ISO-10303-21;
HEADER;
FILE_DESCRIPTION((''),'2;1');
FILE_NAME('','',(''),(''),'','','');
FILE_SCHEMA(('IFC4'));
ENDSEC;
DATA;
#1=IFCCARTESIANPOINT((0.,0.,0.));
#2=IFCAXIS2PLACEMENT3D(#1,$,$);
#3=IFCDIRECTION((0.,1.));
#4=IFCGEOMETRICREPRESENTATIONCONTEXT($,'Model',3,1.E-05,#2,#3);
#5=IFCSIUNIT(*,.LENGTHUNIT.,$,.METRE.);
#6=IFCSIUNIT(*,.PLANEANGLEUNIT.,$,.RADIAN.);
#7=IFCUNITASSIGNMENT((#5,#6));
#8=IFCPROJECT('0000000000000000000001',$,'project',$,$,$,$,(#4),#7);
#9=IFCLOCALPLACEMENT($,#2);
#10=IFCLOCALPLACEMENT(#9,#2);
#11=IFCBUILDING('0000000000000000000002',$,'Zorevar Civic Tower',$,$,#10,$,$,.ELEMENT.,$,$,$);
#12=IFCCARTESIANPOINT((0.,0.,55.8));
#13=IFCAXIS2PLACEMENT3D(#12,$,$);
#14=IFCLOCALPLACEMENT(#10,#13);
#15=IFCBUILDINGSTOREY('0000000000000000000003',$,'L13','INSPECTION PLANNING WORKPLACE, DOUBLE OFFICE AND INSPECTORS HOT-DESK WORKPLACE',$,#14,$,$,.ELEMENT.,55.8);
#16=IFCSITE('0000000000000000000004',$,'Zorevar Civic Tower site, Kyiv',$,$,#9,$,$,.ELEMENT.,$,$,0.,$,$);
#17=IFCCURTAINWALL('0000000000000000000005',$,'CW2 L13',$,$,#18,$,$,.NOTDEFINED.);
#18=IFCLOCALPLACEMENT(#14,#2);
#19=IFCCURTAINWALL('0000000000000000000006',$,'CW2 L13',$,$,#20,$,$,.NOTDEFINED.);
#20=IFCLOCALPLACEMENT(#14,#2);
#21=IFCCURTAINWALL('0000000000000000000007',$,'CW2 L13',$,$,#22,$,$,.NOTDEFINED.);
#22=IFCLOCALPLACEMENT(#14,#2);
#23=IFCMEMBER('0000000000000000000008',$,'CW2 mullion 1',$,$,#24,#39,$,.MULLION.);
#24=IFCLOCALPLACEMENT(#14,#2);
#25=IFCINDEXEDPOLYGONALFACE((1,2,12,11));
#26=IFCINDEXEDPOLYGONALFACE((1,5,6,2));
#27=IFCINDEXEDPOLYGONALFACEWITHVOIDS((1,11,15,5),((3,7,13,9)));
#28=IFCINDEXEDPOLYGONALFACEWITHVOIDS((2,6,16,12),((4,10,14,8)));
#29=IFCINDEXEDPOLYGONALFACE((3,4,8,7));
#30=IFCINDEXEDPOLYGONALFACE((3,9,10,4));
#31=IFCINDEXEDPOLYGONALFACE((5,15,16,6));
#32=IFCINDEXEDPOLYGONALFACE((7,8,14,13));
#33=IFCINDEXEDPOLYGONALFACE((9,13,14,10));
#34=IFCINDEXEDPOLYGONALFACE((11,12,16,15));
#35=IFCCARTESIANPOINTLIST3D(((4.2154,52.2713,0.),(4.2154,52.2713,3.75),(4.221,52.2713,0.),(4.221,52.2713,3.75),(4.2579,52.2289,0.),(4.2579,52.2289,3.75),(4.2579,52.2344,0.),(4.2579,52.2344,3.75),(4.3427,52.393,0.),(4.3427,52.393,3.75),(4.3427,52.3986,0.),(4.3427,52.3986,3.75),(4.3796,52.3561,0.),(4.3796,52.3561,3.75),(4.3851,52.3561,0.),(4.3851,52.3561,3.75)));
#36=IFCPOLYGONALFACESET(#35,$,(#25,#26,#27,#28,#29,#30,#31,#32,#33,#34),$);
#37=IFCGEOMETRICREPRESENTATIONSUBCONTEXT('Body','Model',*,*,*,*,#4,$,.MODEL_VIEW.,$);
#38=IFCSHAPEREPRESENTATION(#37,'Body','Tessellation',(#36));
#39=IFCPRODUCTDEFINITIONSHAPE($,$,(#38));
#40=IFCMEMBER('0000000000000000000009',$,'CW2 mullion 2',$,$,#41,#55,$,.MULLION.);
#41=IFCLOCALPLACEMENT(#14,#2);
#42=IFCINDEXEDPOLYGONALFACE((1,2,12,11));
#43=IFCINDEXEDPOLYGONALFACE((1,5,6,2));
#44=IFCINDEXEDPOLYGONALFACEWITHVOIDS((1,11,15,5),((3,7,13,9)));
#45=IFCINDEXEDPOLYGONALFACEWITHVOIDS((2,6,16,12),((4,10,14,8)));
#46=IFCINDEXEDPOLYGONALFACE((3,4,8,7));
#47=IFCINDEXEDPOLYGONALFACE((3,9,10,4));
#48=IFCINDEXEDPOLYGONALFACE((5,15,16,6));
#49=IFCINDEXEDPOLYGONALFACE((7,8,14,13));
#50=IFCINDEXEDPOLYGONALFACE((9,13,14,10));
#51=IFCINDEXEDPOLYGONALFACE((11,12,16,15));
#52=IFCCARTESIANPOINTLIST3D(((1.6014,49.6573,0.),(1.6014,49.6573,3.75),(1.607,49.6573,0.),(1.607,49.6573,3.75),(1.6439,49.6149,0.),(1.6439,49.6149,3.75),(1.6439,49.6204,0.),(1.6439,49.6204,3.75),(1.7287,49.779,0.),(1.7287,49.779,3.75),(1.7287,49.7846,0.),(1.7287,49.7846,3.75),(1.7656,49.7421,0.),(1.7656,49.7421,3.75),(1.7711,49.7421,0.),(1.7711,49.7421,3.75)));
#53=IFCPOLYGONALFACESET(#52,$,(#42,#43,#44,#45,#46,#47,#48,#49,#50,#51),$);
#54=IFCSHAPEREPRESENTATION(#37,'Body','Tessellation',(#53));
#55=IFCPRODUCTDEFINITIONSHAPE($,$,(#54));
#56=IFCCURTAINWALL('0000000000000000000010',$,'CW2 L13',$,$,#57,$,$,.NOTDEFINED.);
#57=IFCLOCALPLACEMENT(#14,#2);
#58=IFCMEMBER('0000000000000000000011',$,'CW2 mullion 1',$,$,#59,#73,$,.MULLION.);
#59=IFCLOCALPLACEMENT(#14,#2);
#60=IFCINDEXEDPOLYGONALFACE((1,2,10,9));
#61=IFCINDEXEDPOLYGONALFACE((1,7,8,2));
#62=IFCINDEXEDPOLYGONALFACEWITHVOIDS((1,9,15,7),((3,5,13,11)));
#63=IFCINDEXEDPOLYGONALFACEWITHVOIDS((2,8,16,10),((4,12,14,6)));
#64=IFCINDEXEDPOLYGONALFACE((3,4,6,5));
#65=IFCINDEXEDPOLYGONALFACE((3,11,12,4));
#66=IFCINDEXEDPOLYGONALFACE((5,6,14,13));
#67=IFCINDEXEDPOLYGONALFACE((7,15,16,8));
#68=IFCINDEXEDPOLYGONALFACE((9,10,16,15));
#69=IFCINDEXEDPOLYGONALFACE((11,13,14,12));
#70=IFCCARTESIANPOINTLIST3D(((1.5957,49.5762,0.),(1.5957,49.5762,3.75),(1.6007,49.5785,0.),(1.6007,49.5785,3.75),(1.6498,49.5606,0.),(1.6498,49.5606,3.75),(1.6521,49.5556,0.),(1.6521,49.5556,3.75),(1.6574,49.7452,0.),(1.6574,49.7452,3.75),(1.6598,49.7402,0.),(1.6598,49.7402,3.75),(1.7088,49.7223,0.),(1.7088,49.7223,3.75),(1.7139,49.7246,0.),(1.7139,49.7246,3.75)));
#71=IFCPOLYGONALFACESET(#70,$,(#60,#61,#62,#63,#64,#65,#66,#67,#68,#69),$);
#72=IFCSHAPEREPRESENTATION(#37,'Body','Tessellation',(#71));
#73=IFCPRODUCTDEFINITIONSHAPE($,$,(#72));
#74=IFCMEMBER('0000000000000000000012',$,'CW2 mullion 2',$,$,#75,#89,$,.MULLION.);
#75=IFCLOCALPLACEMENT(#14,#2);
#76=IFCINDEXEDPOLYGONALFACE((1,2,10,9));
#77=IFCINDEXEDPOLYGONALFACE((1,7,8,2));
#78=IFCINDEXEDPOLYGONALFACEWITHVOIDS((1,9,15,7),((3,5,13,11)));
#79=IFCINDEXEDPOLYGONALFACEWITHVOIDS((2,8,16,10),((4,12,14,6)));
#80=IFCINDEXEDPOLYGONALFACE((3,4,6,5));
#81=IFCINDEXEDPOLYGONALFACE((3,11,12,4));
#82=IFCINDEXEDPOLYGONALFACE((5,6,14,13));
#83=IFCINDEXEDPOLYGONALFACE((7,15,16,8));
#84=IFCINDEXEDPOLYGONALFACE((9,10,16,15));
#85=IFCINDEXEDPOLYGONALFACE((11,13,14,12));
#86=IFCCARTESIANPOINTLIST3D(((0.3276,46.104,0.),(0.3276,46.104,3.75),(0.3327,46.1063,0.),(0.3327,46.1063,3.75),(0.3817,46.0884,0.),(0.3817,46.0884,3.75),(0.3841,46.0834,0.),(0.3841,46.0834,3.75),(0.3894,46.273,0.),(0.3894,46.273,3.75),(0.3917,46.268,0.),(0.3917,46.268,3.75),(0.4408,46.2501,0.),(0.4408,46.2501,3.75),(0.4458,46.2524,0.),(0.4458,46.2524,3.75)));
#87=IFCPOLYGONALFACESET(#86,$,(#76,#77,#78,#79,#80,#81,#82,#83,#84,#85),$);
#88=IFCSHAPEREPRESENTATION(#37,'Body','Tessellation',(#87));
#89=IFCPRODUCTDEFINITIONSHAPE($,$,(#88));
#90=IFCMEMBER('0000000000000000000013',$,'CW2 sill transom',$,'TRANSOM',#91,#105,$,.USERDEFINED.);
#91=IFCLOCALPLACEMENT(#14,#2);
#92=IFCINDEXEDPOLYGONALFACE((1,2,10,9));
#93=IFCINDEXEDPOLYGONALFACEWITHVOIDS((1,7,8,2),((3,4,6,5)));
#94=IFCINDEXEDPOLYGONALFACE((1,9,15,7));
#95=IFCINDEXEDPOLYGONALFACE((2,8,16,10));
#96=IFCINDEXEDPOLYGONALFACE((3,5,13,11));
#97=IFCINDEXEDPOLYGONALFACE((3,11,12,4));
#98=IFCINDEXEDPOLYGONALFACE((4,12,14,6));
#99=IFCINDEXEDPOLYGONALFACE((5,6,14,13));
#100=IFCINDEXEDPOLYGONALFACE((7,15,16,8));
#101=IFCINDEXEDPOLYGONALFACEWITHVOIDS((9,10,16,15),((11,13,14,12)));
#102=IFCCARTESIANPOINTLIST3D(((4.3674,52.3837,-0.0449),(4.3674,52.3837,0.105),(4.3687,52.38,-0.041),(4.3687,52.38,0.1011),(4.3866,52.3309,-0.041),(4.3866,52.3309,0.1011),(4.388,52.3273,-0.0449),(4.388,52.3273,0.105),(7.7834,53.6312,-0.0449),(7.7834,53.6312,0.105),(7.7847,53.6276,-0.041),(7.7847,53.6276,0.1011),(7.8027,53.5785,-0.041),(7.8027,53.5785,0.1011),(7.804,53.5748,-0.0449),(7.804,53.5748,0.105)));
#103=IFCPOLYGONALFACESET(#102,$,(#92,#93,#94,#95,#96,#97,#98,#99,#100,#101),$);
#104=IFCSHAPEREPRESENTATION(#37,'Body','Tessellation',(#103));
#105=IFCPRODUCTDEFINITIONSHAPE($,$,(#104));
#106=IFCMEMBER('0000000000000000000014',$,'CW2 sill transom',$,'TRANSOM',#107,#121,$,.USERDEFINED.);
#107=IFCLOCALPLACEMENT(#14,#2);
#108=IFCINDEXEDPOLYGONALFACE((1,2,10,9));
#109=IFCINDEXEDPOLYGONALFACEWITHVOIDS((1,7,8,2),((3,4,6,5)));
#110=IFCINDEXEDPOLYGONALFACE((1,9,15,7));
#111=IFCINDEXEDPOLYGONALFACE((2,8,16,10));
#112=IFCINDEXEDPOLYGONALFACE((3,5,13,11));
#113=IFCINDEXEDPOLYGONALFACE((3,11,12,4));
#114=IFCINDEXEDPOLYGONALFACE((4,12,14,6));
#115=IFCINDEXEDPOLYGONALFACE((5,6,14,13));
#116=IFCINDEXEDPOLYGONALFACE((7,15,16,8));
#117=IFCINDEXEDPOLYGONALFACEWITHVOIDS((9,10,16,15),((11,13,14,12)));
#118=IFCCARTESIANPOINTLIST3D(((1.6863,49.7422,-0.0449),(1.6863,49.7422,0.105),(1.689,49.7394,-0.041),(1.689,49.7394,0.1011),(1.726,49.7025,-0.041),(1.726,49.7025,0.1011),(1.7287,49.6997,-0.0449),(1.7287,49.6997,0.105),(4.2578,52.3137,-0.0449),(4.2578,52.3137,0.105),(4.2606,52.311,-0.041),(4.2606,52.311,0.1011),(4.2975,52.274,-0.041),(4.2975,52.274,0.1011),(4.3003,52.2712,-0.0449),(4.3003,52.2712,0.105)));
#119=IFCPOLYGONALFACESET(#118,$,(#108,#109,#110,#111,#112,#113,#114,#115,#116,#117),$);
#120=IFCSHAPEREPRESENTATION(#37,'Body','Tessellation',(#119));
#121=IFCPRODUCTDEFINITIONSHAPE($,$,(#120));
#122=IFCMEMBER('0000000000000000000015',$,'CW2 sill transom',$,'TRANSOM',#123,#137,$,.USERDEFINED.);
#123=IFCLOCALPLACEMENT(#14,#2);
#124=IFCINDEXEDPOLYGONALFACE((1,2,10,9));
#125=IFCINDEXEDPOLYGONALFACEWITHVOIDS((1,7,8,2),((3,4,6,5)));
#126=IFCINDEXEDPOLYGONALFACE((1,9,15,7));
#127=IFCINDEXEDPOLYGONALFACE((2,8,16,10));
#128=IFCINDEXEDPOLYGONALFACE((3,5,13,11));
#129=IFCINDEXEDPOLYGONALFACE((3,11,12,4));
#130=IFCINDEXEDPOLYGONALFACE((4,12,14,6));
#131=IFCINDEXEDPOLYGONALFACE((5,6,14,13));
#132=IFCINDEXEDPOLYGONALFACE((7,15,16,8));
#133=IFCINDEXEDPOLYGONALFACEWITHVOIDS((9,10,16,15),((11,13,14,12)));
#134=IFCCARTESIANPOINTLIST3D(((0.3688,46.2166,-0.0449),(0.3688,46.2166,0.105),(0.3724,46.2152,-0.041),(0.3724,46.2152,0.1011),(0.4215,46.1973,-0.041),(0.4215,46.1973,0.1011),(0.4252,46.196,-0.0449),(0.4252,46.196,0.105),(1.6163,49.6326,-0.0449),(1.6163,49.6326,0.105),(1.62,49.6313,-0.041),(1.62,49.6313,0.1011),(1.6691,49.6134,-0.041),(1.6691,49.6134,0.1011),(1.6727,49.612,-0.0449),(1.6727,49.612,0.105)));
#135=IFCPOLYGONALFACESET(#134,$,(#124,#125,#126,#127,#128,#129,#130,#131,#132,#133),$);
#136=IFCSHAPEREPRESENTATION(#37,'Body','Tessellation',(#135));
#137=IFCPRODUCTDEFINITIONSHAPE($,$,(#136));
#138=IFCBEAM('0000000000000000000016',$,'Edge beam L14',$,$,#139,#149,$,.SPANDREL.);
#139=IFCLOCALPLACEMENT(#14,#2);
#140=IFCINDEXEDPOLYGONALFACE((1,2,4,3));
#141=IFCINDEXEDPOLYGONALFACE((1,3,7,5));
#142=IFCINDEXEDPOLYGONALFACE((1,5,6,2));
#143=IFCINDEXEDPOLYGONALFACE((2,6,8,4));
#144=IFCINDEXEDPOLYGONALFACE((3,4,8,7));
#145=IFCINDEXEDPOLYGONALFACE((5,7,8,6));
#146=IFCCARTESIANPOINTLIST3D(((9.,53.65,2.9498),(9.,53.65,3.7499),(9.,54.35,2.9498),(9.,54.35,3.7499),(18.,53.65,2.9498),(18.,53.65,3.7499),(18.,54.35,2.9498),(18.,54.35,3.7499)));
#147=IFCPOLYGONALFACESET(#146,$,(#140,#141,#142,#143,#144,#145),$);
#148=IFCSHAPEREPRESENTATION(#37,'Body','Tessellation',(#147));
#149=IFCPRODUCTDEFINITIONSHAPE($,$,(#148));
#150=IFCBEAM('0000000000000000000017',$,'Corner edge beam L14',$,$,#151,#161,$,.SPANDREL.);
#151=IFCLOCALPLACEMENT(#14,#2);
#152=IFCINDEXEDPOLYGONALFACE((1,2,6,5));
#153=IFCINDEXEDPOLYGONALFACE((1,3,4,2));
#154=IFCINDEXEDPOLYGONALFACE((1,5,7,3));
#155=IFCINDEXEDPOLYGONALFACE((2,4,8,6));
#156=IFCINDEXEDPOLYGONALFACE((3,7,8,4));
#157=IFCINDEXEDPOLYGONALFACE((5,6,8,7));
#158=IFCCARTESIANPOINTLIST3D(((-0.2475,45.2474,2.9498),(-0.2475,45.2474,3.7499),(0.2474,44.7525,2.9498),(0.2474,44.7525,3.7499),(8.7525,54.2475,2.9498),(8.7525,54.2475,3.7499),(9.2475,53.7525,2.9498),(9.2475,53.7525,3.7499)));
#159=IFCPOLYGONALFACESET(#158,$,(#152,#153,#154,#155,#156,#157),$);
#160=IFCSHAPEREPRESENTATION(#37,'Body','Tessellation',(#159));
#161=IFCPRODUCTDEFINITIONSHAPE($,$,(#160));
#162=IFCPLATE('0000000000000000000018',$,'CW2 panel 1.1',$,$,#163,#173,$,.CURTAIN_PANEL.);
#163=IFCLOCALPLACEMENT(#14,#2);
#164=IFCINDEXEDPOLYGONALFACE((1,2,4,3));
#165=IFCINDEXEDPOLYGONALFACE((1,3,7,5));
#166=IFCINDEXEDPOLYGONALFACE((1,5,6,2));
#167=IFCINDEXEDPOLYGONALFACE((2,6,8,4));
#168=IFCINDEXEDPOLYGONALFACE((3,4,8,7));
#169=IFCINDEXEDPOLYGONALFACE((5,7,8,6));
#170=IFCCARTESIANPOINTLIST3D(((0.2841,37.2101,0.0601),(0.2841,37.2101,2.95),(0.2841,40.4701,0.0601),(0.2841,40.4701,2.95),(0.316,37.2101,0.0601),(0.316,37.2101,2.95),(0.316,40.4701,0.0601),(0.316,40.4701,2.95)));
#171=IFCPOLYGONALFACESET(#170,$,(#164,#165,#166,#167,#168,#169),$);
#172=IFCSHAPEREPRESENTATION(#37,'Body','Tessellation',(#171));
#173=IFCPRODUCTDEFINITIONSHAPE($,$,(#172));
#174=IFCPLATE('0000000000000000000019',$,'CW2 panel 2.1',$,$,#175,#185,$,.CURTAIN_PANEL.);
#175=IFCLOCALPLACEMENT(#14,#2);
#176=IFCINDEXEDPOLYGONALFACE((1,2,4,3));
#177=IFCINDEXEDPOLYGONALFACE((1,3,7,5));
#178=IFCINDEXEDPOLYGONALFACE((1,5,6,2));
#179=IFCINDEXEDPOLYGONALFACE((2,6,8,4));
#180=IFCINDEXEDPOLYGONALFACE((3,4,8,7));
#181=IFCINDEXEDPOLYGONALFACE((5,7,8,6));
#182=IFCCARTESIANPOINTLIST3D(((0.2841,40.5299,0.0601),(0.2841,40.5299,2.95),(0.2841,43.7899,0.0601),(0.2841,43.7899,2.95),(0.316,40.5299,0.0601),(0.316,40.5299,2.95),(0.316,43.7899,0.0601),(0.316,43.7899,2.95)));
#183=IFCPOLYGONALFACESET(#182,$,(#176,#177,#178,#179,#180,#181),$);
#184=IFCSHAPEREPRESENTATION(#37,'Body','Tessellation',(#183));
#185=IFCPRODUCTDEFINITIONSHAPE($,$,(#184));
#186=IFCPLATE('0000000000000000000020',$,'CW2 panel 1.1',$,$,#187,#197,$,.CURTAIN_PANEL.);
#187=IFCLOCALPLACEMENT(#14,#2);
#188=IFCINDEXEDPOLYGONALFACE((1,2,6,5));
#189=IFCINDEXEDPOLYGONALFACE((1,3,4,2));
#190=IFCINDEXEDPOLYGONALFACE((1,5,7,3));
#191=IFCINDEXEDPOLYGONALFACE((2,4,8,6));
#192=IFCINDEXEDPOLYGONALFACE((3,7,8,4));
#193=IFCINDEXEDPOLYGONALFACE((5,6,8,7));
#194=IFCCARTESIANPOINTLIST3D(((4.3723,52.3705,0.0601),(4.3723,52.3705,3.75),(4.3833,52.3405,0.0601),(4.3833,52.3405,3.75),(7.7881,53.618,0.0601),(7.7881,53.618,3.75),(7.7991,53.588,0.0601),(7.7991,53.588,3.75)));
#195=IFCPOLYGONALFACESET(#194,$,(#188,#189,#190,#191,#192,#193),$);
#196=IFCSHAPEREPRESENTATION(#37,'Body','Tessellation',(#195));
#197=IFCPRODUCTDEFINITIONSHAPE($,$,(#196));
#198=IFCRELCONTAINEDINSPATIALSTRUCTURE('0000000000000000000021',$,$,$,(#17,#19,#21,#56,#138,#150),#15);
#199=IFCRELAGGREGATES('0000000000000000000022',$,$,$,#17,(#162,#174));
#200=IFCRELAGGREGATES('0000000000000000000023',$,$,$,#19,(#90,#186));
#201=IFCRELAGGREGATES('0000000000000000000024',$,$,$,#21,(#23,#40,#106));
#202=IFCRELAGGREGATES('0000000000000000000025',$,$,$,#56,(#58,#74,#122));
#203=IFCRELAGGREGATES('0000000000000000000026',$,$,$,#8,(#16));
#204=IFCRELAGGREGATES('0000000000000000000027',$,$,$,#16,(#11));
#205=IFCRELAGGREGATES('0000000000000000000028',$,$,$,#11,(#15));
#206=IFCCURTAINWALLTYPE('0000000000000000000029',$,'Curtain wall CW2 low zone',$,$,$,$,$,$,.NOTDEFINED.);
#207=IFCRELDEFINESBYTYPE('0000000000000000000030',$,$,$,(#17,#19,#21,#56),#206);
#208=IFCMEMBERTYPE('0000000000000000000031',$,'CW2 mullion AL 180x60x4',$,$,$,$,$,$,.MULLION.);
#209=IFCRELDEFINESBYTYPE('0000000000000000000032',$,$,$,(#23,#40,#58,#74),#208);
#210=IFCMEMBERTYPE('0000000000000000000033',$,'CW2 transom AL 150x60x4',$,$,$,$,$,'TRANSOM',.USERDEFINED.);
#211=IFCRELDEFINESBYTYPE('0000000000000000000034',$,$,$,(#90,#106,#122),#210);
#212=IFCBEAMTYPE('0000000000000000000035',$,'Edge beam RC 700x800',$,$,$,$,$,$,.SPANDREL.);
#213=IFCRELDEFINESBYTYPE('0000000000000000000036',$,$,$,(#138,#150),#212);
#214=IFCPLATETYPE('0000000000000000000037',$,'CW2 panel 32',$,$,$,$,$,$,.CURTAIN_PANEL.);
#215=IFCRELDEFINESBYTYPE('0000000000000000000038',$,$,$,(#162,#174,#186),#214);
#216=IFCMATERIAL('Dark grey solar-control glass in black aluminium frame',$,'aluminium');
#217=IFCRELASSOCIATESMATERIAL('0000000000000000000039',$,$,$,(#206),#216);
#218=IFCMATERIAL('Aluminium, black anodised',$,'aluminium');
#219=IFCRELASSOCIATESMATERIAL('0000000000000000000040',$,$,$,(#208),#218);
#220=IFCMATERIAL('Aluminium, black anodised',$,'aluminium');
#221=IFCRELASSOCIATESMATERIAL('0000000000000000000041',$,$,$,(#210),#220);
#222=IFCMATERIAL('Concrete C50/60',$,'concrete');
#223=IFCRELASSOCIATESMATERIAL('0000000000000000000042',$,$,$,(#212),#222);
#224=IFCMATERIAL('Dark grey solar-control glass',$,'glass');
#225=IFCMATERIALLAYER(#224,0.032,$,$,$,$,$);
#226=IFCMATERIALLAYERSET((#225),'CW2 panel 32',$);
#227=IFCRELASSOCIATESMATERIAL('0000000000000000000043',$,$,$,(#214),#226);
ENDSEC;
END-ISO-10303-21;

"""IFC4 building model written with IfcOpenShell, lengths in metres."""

from ifc_helpers import new_model, si_unit, direction, frame, origin, origin_2d, place, context, subcontext, project, spatial, rectangle, hollow_rectangle, extrude, material, layer, layer_set, material_profile, profile_set, type_object, element, aggregate, save


model = new_model("IFC4")

# Units and contexts
model_context = context("Model", 3, precision=1e-05, world=origin(), true_north=direction((0.0, 1.0)))
body_context = subcontext(model_context, "Body", "Model", "MODEL_VIEW")
ifc_project = project(units=[si_unit("LENGTHUNIT", "METRE"), si_unit("PLANEANGLEUNIT", "RADIAN")], contexts=[model_context])

# Site, building, storey
site_placement = place(None, origin())
site = spatial("IfcSite", under=ifc_project, at=site_placement, Name="Zorevar Civic Tower site, Kyiv", CompositionType="ELEMENT", RefElevation=0.0)
building_placement = place(site_placement, origin())
building = spatial("IfcBuilding", under=site, at=building_placement, Name="Zorevar Civic Tower", CompositionType="ELEMENT")
storey_placement = place(building_placement, frame((0.0, 0.0, 55.8)))
storey = spatial("IfcBuildingStorey", under=building, at=storey_placement, Name="L13", Description="INSPECTION PLANNING WORKPLACE, DOUBLE OFFICE AND INSPECTORS HOT-DESK WORKPLACE", CompositionType="ELEMENT", Elevation=55.8)

# Curtain walls, members
ifc_material_1 = material(Name="Dark grey solar-control glass in black aluminium frame", Category="aluminium")
curtain_wall_type = type_object("IfcCurtainWallType", Name="Curtain wall CW2 low zone", PredefinedType="NOTDEFINED", material=ifc_material_1)
curtain_wall_1_placement = place(storey_placement, origin())
curtain_wall_1 = element("IfcCurtainWall", 1, at=curtain_wall_1_placement, inside=storey, type_object=curtain_wall_type, Name="CW2 L13", PredefinedType="NOTDEFINED")
ifc_material_2 = material(Name="Aluminium, black anodised", Category="aluminium")
ifc_material_profile_1 = material_profile(ifc_material_2, hollow_rectangle(XDim=0.0601, YDim=0.1799, WallThickness=0.0039, at=origin_2d()), Name="AL 180x60x4")
ifc_profile_set_1 = profile_set([ifc_material_profile_1], Name="Aluminium, black anodised")
member_type_1 = type_object("IfcMemberType", Name="CW2 mullion AL 180x60x4", PredefinedType="MULLION", material=ifc_profile_set_1)
curtain_wall_2_placement = place(storey_placement, origin())
curtain_wall_2 = element("IfcCurtainWall", 2, at=curtain_wall_2_placement, inside=storey, type_object=curtain_wall_type, Name="CW2 L13", PredefinedType="NOTDEFINED")
curtain_wall_3_placement = place(storey_placement, origin())
curtain_wall_3 = element("IfcCurtainWall", 3, at=curtain_wall_3_placement, inside=storey, type_object=curtain_wall_type, Name="CW2 L13", PredefinedType="NOTDEFINED")
member_1_placement = place(storey_placement, frame((4.3003, 52.3137, 0.0), z_axis=(0.0, 0.0, 1.0), x_axis=(0.707107, -0.707107, 0.0)))
member_1 = element("IfcMember", 4, at=member_1_placement, type_object=member_type_1, Name="CW2 mullion 1", PredefinedType="MULLION", context=body_context, shape_type="SweptSolid", body=[
    extrude(hollow_rectangle(XDim=0.0601, YDim=0.1799, WallThickness=0.0039, at=origin_2d()), origin(), (0.0, 0.0, 1.0), 3.75),
])
member_2_placement = place(storey_placement, frame((1.6863, 49.6997, 0.0), z_axis=(0.0, 0.0, 1.0), x_axis=(0.707107, -0.707107, 0.0)))
member_2 = element("IfcMember", 5, at=member_2_placement, type_object=member_type_1, Name="CW2 mullion 2", PredefinedType="MULLION", context=body_context, shape_type="SweptSolid", body=[
    extrude(hollow_rectangle(XDim=0.0601, YDim=0.1799, WallThickness=0.0039, at=origin_2d()), origin(), (0.0, 0.0, 1.0), 3.75),
])
curtain_wall_4_placement = place(storey_placement, origin())
curtain_wall_4 = element("IfcCurtainWall", 6, at=curtain_wall_4_placement, inside=storey, type_object=curtain_wall_type, Name="CW2 L13", PredefinedType="NOTDEFINED")
member_3_placement = place(storey_placement, frame((1.6548, 49.6504, 0.0), z_axis=(0.0, 0.0, 1.0), x_axis=(0.939313, -0.34306, 0.0)))
member_3 = element("IfcMember", 7, at=member_3_placement, type_object=member_type_1, Name="CW2 mullion 1", PredefinedType="MULLION", context=body_context, shape_type="SweptSolid", body=[
    extrude(hollow_rectangle(XDim=0.0601, YDim=0.1799, WallThickness=0.0039, at=origin_2d()), origin(), (0.0, 0.0, 1.0), 3.75),
])
member_4_placement = place(storey_placement, frame((0.3867, 46.1782, 0.0), z_axis=(0.0, 0.0, 1.0), x_axis=(0.939313, -0.34306, 0.0)))
member_4 = element("IfcMember", 8, at=member_4_placement, type_object=member_type_1, Name="CW2 mullion 2", PredefinedType="MULLION", context=body_context, shape_type="SweptSolid", body=[
    extrude(hollow_rectangle(XDim=0.0601, YDim=0.1799, WallThickness=0.0039, at=origin_2d()), origin(), (0.0, 0.0, 1.0), 3.75),
])

# Members
ifc_material_3 = material(Name="Aluminium, black anodised", Category="aluminium")
ifc_material_profile_2 = material_profile(ifc_material_3, hollow_rectangle(XDim=0.0601, YDim=0.1499, WallThickness=0.0039, at=origin_2d()), Name="AL 150x60x4")
ifc_profile_set_2 = profile_set([ifc_material_profile_2], Name="Aluminium, black anodised")
member_type_2 = type_object("IfcMemberType", Name="CW2 transom AL 150x60x4", ElementType="TRANSOM", PredefinedType="USERDEFINED", material=ifc_profile_set_2)
member_5_placement = place(storey_placement, frame((7.7937, 53.603, 0.03), z_axis=(-0.939318, -0.343047, 0.0), x_axis=(0.343047, -0.939318, 0.0)))
member_5 = element("IfcMember", 9, at=member_5_placement, type_object=member_type_2, Name="CW2 sill transom", ObjectType="TRANSOM", PredefinedType="USERDEFINED", context=body_context, shape_type="SweptSolid", body=[
    extrude(hollow_rectangle(XDim=0.0601, YDim=0.1499, WallThickness=0.0039, at=origin_2d()), origin(), (0.0, 0.0, 1.0), 3.6367),
])
member_6_placement = place(storey_placement, frame((4.2791, 52.2925, 0.03), z_axis=(-0.707107, -0.707107, 0.0), x_axis=(0.707107, -0.707107, 0.0)))
member_6 = element("IfcMember", 10, at=member_6_placement, type_object=member_type_2, Name="CW2 sill transom", ObjectType="TRANSOM", PredefinedType="USERDEFINED", context=body_context, shape_type="SweptSolid", body=[
    extrude(hollow_rectangle(XDim=0.0601, YDim=0.1499, WallThickness=0.0039, at=origin_2d()), origin(), (0.0, 0.0, 1.0), 3.6367),
])
member_7_placement = place(storey_placement, frame((1.6445, 49.6223, 0.03), z_axis=(-0.343047, -0.939318, 0.0), x_axis=(0.939318, -0.343047, 0.0)))
member_7 = element("IfcMember", 11, at=member_7_placement, type_object=member_type_2, Name="CW2 sill transom", ObjectType="TRANSOM", PredefinedType="USERDEFINED", context=body_context, shape_type="SweptSolid", body=[
    extrude(hollow_rectangle(XDim=0.0601, YDim=0.1499, WallThickness=0.0039, at=origin_2d()), origin(), (0.0, 0.0, 1.0), 3.6367),
])

# Beams
ifc_material_4 = material(Name="Concrete C50/60", Category="concrete")
ifc_material_profile_3 = material_profile(ifc_material_4, rectangle(XDim=0.7, YDim=0.8, at=origin_2d()), Name="RC 700x800")
ifc_profile_set_3 = profile_set([ifc_material_profile_3], Name="Concrete C50/60")
beam_type_1 = type_object("IfcBeamType", Name="Edge beam RC 700x800", PredefinedType="SPANDREL", material=ifc_profile_set_3)
beam_1_placement = place(storey_placement, frame((9.0, 54.0, 3.3499), z_axis=(1.0, 0.0, 0.0), x_axis=(0.0, 1.0, 0.0)))
element("IfcBeam", 12, at=beam_1_placement, inside=storey, type_object=beam_type_1, Name="Edge beam L14", PredefinedType="SPANDREL", context=body_context, shape_type="SweptSolid", body=[
    extrude(rectangle(XDim=0.7, YDim=0.8, at=origin_2d()), origin(), (0.0, 0.0, 1.0), 9.0),
])
beam_2_placement = place(storey_placement, frame((9.0, 54.0, 3.3499), z_axis=(-0.707107, -0.707107, 0.0), x_axis=(0.707107, -0.707107, 0.0)))
element("IfcBeam", 13, at=beam_2_placement, inside=storey, type_object=beam_type_1, Name="Corner edge beam L14", PredefinedType="SPANDREL", context=body_context, shape_type="SweptSolid", body=[
    extrude(rectangle(XDim=0.7, YDim=0.8, at=origin_2d()), origin(), (0.0, 0.0, 1.0), 12.728),
])

# Plates
ifc_material_5 = material(Name="Dark grey solar-control glass", Category="glass")
ifc_layer_1 = layer(ifc_material_5, 0.032)
ifc_layer_set_1 = layer_set([ifc_layer_1], Name="CW2 panel 32")
plate_type = type_object("IfcPlateType", Name="CW2 panel 32", PredefinedType="CURTAIN_PANEL", material=ifc_layer_set_1)
plate_1_placement = place(storey_placement, frame((0.3, 38.8401, 0.0601), z_axis=(0.0, 0.0, 1.0), x_axis=(0.0, 1.0, 0.0)))
plate_1 = element("IfcPlate", 14, at=plate_1_placement, type_object=plate_type, Name="CW2 panel 1.1", PredefinedType="CURTAIN_PANEL", context=body_context, shape_type="SweptSolid", body=[
    extrude(rectangle(XDim=3.26, YDim=0.032, at=origin_2d()), origin(), (0.0, 0.0, 1.0), 2.8899),
])
plate_2_placement = place(storey_placement, frame((0.3, 42.1599, 0.0601), z_axis=(0.0, 0.0, 1.0), x_axis=(0.0, 1.0, 0.0)))
plate_2 = element("IfcPlate", 15, at=plate_2_placement, type_object=plate_type, Name="CW2 panel 2.1", PredefinedType="CURTAIN_PANEL", context=body_context, shape_type="SweptSolid", body=[
    extrude(rectangle(XDim=3.26, YDim=0.032, at=origin_2d()), origin(), (0.0, 0.0, 1.0), 2.8899),
])
aggregate(curtain_wall_1, [plate_1, plate_2])
plate_3_placement = place(storey_placement, frame((6.0857, 52.9792, 0.0601), z_axis=(0.0, 0.0, 1.0), x_axis=(-0.939313, -0.34306, 0.0)))
plate_3 = element("IfcPlate", 16, at=plate_3_placement, type_object=plate_type, Name="CW2 panel 1.1", PredefinedType="CURTAIN_PANEL", context=body_context, shape_type="SweptSolid", body=[
    extrude(rectangle(XDim=3.6365, YDim=0.032, at=origin_2d()), origin(), (0.0, 0.0, 1.0), 3.6899),
])
aggregate(curtain_wall_2, [member_5, plate_3])
aggregate(curtain_wall_3, [member_1, member_2, member_6])
aggregate(curtain_wall_4, [member_3, member_4, member_7])

save(model, "model.ifc")
